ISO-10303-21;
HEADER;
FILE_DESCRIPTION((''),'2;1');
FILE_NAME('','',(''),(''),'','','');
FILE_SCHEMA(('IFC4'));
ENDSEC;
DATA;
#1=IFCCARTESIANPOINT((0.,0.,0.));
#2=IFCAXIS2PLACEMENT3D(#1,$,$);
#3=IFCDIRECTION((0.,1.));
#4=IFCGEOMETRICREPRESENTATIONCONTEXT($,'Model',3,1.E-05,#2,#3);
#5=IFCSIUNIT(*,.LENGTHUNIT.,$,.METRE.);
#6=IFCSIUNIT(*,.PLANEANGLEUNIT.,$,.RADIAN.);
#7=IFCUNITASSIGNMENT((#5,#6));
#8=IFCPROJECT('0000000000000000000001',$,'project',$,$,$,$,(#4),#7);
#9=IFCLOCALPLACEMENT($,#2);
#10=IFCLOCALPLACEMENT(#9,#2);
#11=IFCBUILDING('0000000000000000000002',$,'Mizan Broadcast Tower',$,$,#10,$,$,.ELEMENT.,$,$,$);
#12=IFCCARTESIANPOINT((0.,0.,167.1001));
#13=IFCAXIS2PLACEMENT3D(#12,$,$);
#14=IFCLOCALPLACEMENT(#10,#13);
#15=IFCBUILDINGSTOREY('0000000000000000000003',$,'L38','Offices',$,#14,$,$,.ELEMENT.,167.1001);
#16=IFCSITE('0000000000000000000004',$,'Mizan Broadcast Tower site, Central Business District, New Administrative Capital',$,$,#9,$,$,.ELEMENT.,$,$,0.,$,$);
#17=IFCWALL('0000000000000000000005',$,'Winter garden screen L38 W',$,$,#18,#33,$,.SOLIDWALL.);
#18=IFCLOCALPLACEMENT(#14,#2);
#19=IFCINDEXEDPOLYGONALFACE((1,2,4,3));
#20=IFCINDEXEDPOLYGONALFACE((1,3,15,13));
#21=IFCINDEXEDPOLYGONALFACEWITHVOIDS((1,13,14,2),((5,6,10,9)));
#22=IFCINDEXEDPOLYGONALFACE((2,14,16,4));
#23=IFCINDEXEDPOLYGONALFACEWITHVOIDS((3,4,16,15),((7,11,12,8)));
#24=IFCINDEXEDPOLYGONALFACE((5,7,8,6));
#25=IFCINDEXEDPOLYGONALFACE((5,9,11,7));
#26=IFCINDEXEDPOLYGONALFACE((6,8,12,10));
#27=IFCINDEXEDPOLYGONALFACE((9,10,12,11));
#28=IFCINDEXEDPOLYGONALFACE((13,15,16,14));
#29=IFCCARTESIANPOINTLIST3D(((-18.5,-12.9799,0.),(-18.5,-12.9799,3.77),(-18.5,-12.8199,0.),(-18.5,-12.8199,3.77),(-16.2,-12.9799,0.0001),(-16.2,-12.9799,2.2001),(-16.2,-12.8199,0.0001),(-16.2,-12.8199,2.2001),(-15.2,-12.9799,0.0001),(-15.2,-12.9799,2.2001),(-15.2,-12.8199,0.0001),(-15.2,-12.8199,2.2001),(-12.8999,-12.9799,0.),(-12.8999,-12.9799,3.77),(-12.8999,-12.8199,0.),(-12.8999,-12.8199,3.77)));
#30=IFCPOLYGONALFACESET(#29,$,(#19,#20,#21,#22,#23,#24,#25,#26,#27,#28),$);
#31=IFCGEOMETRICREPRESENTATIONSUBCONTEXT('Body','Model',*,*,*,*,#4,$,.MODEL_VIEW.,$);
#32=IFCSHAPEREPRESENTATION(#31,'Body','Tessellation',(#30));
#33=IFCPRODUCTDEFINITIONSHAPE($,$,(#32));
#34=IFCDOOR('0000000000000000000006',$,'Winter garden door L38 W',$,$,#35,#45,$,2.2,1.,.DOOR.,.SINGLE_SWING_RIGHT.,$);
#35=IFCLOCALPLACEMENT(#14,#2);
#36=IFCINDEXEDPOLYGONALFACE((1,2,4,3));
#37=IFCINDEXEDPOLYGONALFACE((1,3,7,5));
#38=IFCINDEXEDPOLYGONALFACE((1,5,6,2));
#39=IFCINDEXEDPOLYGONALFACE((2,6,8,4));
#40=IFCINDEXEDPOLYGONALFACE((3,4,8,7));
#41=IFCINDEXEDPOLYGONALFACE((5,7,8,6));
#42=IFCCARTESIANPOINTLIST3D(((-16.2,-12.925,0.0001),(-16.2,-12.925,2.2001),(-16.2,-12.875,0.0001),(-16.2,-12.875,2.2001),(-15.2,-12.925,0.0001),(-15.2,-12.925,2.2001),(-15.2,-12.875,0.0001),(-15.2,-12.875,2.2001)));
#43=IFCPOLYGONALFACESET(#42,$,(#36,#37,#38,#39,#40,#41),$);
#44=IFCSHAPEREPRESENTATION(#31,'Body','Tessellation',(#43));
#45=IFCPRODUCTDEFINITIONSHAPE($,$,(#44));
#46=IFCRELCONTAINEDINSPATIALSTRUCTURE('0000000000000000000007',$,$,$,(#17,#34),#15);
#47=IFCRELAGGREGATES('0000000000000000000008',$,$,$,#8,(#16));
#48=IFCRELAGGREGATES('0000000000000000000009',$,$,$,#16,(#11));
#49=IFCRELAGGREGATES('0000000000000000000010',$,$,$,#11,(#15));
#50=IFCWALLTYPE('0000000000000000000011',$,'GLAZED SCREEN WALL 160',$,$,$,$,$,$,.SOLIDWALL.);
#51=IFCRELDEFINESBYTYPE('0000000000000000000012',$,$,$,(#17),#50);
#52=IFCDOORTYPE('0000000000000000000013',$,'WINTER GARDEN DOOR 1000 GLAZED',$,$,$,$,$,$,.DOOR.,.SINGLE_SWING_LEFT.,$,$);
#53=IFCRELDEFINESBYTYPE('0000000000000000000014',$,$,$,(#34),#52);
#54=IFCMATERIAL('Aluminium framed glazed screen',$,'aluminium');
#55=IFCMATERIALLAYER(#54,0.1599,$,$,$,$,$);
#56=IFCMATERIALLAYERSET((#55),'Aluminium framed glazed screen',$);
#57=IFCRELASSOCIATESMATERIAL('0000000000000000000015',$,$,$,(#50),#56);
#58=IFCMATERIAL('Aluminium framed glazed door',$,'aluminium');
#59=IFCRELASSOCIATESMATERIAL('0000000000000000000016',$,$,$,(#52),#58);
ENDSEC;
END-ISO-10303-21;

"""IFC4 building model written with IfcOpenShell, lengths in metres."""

from ifc_helpers import new_model, si_unit, direction, frame, frame_2d, origin, place, context, subcontext, project, spatial, rectangle, extrude, material, layer, layer_set, type_object, element, fill, save


model = new_model("IFC4")

# Units and contexts
model_context = context("Model", 3, precision=1e-05, world=origin(), true_north=direction((0.0, 1.0)))
body_context = subcontext(model_context, "Body", "Model", "MODEL_VIEW")
ifc_project = project(units=[si_unit("LENGTHUNIT", "METRE"), si_unit("PLANEANGLEUNIT", "RADIAN")], contexts=[model_context])

# Site, building, storey
site_placement = place(None, origin())
site = spatial("IfcSite", under=ifc_project, at=site_placement, Name="Mizan Broadcast Tower site, Central Business District, New Administrative Capital", CompositionType="ELEMENT", RefElevation=0.0)
building_placement = place(site_placement, origin())
building = spatial("IfcBuilding", under=site, at=building_placement, Name="Mizan Broadcast Tower", CompositionType="ELEMENT")
storey_placement = place(building_placement, frame((0.0, 0.0, 167.1001)))
storey = spatial("IfcBuildingStorey", under=building, at=storey_placement, Name="L38", Description="Offices", CompositionType="ELEMENT", Elevation=167.1001)

# Wall, opening, door
ifc_material_1 = material(Name="Aluminium framed glazed screen", Category="aluminium")
ifc_layer_1 = layer(ifc_material_1, 0.1599)
ifc_layer_set_1 = layer_set([ifc_layer_1], Name="Aluminium framed glazed screen")
wall_type = type_object("IfcWallType", Name="GLAZED SCREEN WALL 160", PredefinedType="SOLIDWALL", material=ifc_layer_set_1)
wall_placement = place(storey_placement, frame((-18.5, -12.8999, 0.0), z_axis=(0.0, 0.0, 1.0), x_axis=(1.0, 0.0, 0.0)))
wall = element("IfcWall", 1, at=wall_placement, inside=storey, type_object=wall_type, Name="Winter garden screen L38 W", PredefinedType="SOLIDWALL", context=body_context, shape_type="SweptSolid", body=[
    extrude(rectangle(XDim=5.6001, YDim=0.1599, at=frame_2d((2.8, 0.0))), origin(), (0.0, 0.0, 1.0), 3.77),
])
opening_placement = place(wall_placement, frame((2.3, 0.0, 0.0)))
opening = element("IfcOpeningElement", 2, at=opening_placement, cuts=wall, PredefinedType="OPENING", context=body_context, shape_type="SweptSolid", body=[
    extrude(rectangle(XDim=1.0, YDim=2.2, at=frame_2d((0.5, 1.1001))), frame((0.0, 0.0898, 0.0), z_axis=(0.0, -1.0, 0.0), x_axis=(1.0, 0.0, 0.0)), (0.0, 0.0, 1.0), 0.1799),
])
ifc_material_2 = material(Name="Aluminium framed glazed door", Category="aluminium")
door_type = type_object("IfcDoorType", Name="WINTER GARDEN DOOR 1000 GLAZED", OperationType="SINGLE_SWING_LEFT", PredefinedType="DOOR", material=ifc_material_2)
door_placement = place(opening_placement, origin())
door = element("IfcDoor", 3, at=door_placement, inside=storey, type_object=door_type, Name="Winter garden door L38 W", OperationType="SINGLE_SWING_RIGHT", OverallHeight=2.2, OverallWidth=1.0, PredefinedType="DOOR", context=body_context, shape_type="SweptSolid", body=[
    extrude(rectangle(XDim=1.0, YDim=2.2, at=frame_2d((0.5, 1.1001))), frame((0.0, 0.0249, 0.0), z_axis=(0.0, -1.0, 0.0), x_axis=(1.0, 0.0, 0.0)), (0.0, 0.0, 1.0), 0.05),
])
fill(opening, door)

save(model, "model.ifc")
